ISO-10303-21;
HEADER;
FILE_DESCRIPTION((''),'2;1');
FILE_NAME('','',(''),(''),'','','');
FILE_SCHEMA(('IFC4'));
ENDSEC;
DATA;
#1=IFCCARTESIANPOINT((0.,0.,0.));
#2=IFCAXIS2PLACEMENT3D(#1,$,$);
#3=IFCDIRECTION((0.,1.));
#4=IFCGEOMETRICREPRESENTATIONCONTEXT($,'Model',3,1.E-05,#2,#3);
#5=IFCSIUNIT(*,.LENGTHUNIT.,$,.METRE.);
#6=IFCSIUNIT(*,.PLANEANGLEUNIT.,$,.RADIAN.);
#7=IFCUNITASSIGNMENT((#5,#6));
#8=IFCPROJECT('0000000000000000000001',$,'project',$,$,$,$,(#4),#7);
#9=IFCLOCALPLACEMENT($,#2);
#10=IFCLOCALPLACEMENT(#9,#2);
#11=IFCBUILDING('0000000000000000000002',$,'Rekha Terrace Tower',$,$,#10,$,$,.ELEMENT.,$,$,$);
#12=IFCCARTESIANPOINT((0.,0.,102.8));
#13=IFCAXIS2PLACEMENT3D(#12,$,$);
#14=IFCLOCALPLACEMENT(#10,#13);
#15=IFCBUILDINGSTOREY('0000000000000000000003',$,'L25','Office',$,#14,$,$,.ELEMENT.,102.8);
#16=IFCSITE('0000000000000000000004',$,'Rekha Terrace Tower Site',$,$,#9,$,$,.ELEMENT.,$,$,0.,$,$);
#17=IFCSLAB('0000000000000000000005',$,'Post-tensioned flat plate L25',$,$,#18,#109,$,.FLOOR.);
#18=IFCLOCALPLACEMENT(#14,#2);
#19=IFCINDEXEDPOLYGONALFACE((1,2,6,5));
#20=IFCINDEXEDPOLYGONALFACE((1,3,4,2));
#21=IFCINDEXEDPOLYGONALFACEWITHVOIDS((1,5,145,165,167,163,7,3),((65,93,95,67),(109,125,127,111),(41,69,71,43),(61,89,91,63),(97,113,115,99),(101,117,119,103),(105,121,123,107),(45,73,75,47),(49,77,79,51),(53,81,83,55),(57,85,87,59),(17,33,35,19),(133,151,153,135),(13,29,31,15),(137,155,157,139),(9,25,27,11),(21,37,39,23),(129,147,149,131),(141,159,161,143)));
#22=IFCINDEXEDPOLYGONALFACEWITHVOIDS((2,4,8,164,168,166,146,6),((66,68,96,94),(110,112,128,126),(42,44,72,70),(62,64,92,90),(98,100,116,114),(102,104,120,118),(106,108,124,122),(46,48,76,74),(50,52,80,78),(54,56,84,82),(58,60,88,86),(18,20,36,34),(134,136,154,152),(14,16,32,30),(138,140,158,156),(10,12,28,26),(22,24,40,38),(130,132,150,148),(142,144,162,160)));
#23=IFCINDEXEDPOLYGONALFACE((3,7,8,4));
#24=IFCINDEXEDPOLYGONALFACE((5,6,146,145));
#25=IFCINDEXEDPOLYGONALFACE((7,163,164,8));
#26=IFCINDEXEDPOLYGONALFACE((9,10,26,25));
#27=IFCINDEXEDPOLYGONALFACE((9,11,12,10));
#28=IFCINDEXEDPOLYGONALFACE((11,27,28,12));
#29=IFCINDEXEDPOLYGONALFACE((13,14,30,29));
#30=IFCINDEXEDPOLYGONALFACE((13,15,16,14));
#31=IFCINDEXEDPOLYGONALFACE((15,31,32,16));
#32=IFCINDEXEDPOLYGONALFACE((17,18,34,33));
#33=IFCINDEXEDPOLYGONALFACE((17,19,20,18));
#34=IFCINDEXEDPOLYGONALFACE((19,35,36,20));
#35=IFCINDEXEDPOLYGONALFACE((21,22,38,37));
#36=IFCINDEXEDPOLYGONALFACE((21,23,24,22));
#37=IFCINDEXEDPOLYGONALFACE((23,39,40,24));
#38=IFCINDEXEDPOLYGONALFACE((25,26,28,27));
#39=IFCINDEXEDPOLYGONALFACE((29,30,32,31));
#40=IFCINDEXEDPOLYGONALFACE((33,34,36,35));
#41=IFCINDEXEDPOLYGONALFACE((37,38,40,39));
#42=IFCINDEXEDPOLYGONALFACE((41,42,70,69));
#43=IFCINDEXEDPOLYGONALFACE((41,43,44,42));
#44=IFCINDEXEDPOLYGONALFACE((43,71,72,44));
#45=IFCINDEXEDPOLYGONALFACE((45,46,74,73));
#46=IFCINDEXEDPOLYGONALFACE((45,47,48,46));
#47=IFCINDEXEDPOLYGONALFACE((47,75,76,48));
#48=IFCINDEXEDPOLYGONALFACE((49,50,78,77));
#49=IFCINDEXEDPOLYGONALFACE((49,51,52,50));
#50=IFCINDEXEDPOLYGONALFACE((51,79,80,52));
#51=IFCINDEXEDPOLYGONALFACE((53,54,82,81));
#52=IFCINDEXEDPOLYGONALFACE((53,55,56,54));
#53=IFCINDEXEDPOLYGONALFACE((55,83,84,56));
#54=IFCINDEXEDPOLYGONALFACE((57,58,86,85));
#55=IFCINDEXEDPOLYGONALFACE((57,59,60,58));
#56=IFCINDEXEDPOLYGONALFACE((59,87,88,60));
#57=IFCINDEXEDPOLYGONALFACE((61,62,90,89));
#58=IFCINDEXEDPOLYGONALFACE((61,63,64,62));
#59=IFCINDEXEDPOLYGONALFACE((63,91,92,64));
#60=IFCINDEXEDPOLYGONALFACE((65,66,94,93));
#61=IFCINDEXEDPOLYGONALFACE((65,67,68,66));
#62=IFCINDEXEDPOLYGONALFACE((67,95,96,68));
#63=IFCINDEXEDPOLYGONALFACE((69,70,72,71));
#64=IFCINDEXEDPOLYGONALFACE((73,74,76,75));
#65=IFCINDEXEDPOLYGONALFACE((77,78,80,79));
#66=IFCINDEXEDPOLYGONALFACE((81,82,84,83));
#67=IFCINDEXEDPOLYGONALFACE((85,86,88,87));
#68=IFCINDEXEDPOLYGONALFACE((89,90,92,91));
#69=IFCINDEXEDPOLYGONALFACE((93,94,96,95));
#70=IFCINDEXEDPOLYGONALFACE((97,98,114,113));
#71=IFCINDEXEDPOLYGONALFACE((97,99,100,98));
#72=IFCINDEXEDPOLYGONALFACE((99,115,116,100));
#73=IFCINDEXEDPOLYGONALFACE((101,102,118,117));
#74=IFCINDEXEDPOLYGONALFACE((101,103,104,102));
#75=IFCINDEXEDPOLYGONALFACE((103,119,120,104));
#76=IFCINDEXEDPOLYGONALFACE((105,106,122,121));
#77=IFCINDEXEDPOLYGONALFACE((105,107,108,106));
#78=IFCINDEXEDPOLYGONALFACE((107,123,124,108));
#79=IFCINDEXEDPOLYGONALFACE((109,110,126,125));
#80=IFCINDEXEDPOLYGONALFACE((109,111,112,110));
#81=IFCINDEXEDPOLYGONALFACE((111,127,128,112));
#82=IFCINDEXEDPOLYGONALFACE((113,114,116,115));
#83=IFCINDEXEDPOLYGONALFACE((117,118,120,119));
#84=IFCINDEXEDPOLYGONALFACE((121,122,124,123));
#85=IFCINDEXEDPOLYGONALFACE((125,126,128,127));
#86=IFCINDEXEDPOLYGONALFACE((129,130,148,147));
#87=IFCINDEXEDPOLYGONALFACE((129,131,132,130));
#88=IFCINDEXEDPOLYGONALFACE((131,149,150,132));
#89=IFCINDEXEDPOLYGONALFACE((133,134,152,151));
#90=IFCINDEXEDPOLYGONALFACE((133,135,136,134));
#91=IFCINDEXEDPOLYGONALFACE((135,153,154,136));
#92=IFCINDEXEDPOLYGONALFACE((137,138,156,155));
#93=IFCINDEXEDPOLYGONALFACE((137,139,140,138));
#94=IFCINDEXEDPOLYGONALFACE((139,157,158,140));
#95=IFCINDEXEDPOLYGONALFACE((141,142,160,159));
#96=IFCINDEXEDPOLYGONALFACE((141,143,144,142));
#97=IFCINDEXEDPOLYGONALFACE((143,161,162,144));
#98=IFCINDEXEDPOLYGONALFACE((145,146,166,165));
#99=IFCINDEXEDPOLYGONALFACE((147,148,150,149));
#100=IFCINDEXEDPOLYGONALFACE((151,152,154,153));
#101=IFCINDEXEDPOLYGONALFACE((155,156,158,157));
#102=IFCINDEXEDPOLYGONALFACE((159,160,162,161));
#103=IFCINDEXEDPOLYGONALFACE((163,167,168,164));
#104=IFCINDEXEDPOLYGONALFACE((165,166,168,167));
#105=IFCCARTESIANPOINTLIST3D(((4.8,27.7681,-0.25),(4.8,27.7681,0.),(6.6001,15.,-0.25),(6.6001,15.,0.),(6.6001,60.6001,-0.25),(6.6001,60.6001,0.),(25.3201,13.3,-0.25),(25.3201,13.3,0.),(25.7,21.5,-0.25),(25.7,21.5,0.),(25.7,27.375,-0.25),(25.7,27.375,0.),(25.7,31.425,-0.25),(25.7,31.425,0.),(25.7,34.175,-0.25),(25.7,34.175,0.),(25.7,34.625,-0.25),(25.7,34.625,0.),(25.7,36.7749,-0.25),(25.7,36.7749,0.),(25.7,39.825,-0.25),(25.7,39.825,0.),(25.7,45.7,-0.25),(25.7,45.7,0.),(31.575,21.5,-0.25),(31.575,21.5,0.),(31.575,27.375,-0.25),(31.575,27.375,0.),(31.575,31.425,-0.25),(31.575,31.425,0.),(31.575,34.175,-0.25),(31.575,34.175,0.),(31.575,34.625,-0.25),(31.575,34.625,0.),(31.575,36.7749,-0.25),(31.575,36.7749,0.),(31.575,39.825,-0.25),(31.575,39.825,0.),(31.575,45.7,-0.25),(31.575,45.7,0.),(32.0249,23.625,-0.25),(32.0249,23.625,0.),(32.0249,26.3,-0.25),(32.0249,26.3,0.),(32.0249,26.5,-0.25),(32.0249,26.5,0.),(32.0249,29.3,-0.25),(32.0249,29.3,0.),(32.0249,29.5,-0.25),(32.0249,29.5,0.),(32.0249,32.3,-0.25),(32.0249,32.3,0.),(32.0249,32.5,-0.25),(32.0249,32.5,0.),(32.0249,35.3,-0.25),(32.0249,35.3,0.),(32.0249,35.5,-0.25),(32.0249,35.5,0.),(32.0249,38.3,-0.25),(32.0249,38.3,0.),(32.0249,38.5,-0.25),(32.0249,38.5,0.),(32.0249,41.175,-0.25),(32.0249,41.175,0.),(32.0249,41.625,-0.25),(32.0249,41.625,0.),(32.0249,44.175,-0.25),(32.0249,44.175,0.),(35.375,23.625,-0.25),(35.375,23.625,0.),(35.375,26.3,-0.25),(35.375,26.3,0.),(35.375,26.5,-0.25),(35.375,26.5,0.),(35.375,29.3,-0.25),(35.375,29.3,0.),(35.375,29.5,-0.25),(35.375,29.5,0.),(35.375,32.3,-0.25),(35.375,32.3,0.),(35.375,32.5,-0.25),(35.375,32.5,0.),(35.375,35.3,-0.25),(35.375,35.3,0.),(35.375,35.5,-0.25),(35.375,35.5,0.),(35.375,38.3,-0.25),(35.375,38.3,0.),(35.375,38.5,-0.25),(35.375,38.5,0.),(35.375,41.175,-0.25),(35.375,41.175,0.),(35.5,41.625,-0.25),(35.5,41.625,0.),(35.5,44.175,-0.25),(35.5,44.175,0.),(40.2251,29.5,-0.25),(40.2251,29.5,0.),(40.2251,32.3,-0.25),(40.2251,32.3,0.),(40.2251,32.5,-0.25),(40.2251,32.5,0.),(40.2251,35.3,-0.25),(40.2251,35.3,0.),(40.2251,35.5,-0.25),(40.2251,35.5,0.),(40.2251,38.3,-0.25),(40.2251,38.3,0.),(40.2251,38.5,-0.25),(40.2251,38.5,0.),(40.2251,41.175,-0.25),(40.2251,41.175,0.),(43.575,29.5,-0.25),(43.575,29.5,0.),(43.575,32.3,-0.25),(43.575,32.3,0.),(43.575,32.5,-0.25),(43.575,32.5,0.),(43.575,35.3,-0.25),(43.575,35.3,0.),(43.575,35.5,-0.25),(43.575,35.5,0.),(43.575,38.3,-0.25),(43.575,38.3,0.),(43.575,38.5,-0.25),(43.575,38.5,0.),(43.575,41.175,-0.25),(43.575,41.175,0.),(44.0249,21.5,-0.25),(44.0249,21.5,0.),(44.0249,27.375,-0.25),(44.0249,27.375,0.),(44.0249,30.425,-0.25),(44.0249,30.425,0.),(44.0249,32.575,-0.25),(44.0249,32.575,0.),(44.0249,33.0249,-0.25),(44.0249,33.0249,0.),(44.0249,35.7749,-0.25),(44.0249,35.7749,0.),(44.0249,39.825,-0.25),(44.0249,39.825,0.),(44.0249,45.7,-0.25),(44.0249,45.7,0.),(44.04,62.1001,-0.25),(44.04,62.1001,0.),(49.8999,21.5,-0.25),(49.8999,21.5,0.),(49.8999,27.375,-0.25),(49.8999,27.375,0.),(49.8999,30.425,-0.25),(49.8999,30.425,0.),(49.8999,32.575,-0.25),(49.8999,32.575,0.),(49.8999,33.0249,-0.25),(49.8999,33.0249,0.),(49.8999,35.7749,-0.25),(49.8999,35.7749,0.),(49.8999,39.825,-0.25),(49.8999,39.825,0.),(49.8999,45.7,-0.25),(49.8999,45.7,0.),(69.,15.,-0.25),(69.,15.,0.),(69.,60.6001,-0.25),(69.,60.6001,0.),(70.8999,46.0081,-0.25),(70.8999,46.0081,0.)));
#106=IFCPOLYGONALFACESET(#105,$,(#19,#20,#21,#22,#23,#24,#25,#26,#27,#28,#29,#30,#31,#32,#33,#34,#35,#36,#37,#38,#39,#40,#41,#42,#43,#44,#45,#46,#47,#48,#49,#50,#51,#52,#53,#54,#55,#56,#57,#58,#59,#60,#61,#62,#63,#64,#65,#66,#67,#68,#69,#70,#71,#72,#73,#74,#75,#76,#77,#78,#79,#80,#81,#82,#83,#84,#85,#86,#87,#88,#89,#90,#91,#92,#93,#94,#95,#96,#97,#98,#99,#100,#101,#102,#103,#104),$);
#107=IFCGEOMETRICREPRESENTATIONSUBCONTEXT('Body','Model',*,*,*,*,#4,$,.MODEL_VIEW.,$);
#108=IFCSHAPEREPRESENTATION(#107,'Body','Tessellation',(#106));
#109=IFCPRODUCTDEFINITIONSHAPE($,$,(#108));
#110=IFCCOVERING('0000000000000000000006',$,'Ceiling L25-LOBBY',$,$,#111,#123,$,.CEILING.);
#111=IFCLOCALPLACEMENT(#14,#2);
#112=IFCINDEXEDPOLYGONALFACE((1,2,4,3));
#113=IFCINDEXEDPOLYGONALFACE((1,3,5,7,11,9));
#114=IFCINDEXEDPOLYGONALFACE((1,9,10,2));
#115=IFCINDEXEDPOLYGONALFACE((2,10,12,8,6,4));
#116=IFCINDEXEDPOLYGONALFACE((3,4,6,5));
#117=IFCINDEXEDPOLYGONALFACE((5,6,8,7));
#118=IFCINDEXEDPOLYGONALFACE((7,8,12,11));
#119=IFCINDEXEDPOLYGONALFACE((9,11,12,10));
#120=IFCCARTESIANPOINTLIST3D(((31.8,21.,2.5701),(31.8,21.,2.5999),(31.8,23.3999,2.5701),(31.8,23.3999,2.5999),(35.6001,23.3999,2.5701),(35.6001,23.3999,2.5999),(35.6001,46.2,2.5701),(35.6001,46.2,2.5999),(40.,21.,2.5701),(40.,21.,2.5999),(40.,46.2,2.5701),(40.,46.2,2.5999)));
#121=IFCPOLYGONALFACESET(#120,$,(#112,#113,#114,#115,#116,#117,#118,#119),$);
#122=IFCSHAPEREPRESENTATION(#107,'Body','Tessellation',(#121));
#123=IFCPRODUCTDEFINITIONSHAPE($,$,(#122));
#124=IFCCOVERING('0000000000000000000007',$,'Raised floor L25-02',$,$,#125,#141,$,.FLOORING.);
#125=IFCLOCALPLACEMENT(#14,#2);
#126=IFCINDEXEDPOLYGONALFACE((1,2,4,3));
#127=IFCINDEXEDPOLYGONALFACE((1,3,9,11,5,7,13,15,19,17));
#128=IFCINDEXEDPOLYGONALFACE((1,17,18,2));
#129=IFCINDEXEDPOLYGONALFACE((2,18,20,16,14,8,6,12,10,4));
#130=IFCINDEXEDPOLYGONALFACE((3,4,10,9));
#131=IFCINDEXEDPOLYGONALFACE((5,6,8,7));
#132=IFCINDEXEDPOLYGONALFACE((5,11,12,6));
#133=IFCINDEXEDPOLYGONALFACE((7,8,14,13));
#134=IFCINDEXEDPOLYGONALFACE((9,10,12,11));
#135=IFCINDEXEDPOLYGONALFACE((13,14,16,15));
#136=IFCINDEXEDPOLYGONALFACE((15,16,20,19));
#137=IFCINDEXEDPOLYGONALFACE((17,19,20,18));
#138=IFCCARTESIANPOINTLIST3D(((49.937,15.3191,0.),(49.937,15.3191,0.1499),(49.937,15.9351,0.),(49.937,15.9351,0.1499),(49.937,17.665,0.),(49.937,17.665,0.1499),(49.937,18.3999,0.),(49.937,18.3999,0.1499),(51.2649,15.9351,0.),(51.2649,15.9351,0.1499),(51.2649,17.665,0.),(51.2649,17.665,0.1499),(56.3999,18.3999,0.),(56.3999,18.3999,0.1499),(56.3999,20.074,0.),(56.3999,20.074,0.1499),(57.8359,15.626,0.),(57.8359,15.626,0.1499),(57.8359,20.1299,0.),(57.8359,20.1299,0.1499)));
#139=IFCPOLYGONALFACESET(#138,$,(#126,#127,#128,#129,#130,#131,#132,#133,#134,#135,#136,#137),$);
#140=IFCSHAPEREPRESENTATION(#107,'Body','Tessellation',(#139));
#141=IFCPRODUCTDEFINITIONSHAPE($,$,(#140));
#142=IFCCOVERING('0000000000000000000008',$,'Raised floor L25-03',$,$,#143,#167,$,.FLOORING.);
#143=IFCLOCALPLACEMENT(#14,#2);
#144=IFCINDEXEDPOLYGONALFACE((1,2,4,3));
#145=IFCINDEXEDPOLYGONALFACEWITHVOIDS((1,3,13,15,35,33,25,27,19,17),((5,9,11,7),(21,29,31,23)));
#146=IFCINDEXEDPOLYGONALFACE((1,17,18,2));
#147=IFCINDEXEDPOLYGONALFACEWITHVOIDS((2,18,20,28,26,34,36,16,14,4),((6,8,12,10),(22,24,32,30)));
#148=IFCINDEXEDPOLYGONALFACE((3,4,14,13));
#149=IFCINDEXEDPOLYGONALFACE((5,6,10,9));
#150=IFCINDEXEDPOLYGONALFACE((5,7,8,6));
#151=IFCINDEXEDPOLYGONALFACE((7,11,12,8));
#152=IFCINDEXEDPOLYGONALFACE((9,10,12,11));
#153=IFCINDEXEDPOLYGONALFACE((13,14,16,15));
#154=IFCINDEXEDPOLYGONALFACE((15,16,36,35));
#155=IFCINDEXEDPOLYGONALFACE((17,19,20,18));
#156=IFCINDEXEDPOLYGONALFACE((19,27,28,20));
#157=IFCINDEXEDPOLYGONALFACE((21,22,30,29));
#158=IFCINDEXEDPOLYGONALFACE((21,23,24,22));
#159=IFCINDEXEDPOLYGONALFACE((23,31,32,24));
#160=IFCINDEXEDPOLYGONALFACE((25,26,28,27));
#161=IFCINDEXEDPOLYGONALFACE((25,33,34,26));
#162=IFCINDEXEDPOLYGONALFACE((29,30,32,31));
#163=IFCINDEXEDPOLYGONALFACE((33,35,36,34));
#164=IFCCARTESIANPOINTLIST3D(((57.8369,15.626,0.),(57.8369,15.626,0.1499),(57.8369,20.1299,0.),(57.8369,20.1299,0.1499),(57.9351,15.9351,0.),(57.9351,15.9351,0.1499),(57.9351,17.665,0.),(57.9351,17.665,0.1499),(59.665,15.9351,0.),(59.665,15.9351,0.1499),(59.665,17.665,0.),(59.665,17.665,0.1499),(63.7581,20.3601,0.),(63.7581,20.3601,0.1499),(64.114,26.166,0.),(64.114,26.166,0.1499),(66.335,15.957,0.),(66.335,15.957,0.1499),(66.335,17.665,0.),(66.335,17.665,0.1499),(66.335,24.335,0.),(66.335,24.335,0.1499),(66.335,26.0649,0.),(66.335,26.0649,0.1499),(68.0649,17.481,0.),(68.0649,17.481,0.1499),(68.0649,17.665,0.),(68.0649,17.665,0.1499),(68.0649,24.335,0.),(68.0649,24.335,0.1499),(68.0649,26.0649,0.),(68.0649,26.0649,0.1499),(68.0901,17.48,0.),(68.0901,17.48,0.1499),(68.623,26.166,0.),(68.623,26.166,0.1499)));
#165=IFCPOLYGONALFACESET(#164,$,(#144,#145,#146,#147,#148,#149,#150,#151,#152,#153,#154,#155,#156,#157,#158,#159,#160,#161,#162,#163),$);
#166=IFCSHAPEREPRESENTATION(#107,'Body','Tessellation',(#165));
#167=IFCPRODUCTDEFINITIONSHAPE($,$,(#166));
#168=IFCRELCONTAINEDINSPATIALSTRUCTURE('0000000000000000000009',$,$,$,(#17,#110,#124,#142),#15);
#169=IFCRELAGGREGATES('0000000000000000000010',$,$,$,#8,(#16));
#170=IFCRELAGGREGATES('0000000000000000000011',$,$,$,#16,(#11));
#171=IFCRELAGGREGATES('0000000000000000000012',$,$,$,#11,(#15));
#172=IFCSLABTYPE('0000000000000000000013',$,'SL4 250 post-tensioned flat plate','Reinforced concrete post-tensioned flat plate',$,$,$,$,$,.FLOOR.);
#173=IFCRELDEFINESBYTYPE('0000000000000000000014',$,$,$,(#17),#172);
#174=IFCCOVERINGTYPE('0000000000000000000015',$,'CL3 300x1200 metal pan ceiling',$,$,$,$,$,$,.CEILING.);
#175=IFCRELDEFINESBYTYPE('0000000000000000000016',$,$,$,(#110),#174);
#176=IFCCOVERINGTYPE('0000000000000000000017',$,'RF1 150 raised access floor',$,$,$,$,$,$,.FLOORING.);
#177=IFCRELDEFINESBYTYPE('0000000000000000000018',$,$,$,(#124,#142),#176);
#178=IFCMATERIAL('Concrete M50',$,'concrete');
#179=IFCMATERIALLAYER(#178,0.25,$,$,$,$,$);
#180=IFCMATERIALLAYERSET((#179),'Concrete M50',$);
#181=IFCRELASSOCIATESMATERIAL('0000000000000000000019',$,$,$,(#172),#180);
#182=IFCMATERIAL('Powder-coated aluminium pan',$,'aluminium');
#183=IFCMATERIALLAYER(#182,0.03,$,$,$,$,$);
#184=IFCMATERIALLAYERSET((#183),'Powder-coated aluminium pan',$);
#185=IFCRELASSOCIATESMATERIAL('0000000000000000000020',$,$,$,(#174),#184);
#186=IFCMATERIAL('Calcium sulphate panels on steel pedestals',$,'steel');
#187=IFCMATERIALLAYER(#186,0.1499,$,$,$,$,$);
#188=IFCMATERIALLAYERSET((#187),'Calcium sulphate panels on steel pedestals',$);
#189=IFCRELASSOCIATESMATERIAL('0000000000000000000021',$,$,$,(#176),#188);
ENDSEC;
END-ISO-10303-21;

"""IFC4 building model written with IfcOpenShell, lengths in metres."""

from ifc_helpers import new_model, si_unit, direction, frame, origin, place, context, subcontext, project, spatial, polyline, outline, extrude, material, layer, layer_set, type_object, element, save


model = new_model("IFC4")

# Units and contexts
model_context = context("Model", 3, precision=1e-05, world=origin(), true_north=direction((0.0, 1.0)))
body_context = subcontext(model_context, "Body", "Model", "MODEL_VIEW")
ifc_project = project(units=[si_unit("LENGTHUNIT", "METRE"), si_unit("PLANEANGLEUNIT", "RADIAN")], contexts=[model_context])

# Site, building, storey
site_placement = place(None, origin())
site = spatial("IfcSite", under=ifc_project, at=site_placement, Name="Rekha Terrace Tower Site", CompositionType="ELEMENT", RefElevation=0.0)
building_placement = place(site_placement, origin())
building = spatial("IfcBuilding", under=site, at=building_placement, Name="Rekha Terrace Tower", CompositionType="ELEMENT")
storey_placement = place(building_placement, frame((0.0, 0.0, 102.8)))
storey = spatial("IfcBuildingStorey", under=building, at=storey_placement, Name="L25", Description="Office", CompositionType="ELEMENT", Elevation=102.8)

# Slab
ifc_material_1 = material(Name="Concrete M50", Category="concrete")
ifc_layer_1 = layer(ifc_material_1, 0.25)
ifc_layer_set_1 = layer_set([ifc_layer_1], Name="Concrete M50")
slab_type_1 = type_object("IfcSlabType", Name="SL4 250 post-tensioned flat plate", Description="Reinforced concrete post-tensioned flat plate", PredefinedType="FLOOR", material=ifc_layer_set_1)
slab_1_placement = place(storey_placement, frame((0.0, 0.0, -0.25)))
element("IfcSlab", 1, at=slab_1_placement, inside=storey, type_object=slab_type_1, Name="Post-tensioned flat plate L25", PredefinedType="FLOOR", context=body_context, shape_type="SweptSolid", body=[
    extrude(outline(polyline([(4.8, 27.7681), (6.6001, 15.0), (25.3201, 13.3), (69.0, 15.0), (70.8999, 46.0081), (69.0, 60.6001), (44.04, 62.1001), (6.6001, 60.6001), (4.8, 27.7681)]), holes=[polyline([(31.575, 27.375), (31.575, 21.5), (25.7, 21.5), (25.7, 27.375), (31.575, 27.375)]), polyline([(35.375, 26.3), (35.375, 23.625), (32.0249, 23.625), (32.0249, 26.3), (35.375, 26.3)]), polyline([(35.375, 29.3), (35.375, 26.5), (32.0249, 26.5), (32.0249, 29.3), (35.375, 29.3)]), polyline([(35.375, 32.3), (35.375, 29.5), (32.0249, 29.5), (32.0249, 32.3), (35.375, 32.3)]), polyline([(31.575, 34.175), (31.575, 31.425), (25.7, 31.425), (25.7, 34.175), (31.575, 34.175)]), polyline([(35.375, 35.3), (35.375, 32.5), (32.0249, 32.5), (32.0249, 35.3), (35.375, 35.3)]), polyline([(31.575, 36.7749), (31.575, 34.625), (25.7, 34.625), (25.7, 36.7749), (31.575, 36.7749)]), polyline([(35.375, 35.5), (32.0249, 35.5), (32.0249, 38.3), (35.375, 38.3), (35.375, 35.5)]), polyline([(35.375, 38.5), (32.0249, 38.5), (32.0249, 41.175), (35.375, 41.175), (35.375, 38.5)]), polyline([(31.575, 45.7), (31.575, 39.825), (25.7, 39.825), (25.7, 45.7), (31.575, 45.7)]), polyline([(49.8999, 27.375), (49.8999, 21.5), (44.0249, 21.5), (44.0249, 27.375), (49.8999, 27.375)]), polyline([(43.575, 32.3), (43.575, 29.5), (40.2251, 29.5), (40.2251, 32.3), (43.575, 32.3)]), polyline([(49.8999, 30.425), (44.0249, 30.425), (44.0249, 32.575), (49.8999, 32.575), (49.8999, 30.425)]), polyline([(43.575, 32.5), (40.2251, 32.5), (40.2251, 35.3), (43.575, 35.3), (43.575, 32.5)]), polyline([(49.8999, 35.7749), (49.8999, 33.0249), (44.0249, 33.0249), (44.0249, 35.7749), (49.8999, 35.7749)]), polyline([(43.575, 38.3), (43.575, 35.5), (40.2251, 35.5), (40.2251, 38.3), (43.575, 38.3)]), polyline([(43.575, 41.175), (43.575, 38.5), (40.2251, 38.5), (40.2251, 41.175), (43.575, 41.175)]), polyline([(49.8999, 39.825), (44.0249, 39.825), (44.0249, 45.7), (49.8999, 45.7), (49.8999, 39.825)]), polyline([(35.5, 41.625), (32.0249, 41.625), (32.0249, 44.175), (35.5, 44.175), (35.5, 41.625)])]), origin(), (0.0, 0.0, 1.0), 0.25),
])

# Coverings
ifc_material_2 = material(Name="Powder-coated aluminium pan", Category="aluminium")
ifc_layer_2 = layer(ifc_material_2, 0.03)
ifc_layer_set_2 = layer_set([ifc_layer_2], Name="Powder-coated aluminium pan")
covering_type_1 = type_object("IfcCoveringType", Name="CL3 300x1200 metal pan ceiling", PredefinedType="CEILING", material=ifc_layer_set_2)
covering_1_placement = place(storey_placement, frame((0.0, 0.0, 2.5701)))
element("IfcCovering", 2, at=covering_1_placement, inside=storey, type_object=covering_type_1, Name="Ceiling L25-LOBBY", PredefinedType="CEILING", context=body_context, shape_type="SweptSolid", body=[
    extrude(outline(polyline([(35.6001, 46.2), (35.6001, 23.3999), (31.8, 23.3999), (31.8, 21.0), (40.0, 21.0), (40.0, 46.2), (35.6001, 46.2)])), origin(), (0.0, 0.0, 1.0), 0.0298),
])
ifc_material_3 = material(Name="Calcium sulphate panels on steel pedestals", Category="steel")
ifc_layer_3 = layer(ifc_material_3, 0.1499)
ifc_layer_set_3 = layer_set([ifc_layer_3], Name="Calcium sulphate panels on steel pedestals")
covering_type_2 = type_object("IfcCoveringType", Name="RF1 150 raised access floor", PredefinedType="FLOORING", material=ifc_layer_set_3)
covering_2_placement = place(storey_placement, origin())
element("IfcCovering", 3, at=covering_2_placement, inside=storey, type_object=covering_type_2, Name="Raised floor L25-02", PredefinedType="FLOORING", context=body_context, shape_type="SweptSolid", body=[
    extrude(outline(polyline([(56.3999, 20.074), (56.3999, 18.3999), (49.937, 18.3999), (49.937, 17.665), (51.2649, 17.665), (51.2649, 15.9351), (49.937, 15.9351), (49.937, 15.3191), (57.8359, 15.626), (57.8359, 20.1299), (56.3999, 20.074)])), origin(), (0.0, 0.0, 1.0), 0.1499),
])
covering_3_placement = place(storey_placement, origin())
element("IfcCovering", 4, at=covering_3_placement, inside=storey, type_object=covering_type_2, Name="Raised floor L25-03", PredefinedType="FLOORING", context=body_context, shape_type="SweptSolid", body=[
    extrude(outline(polyline([(64.114, 26.166), (63.7581, 20.3601), (57.8369, 20.1299), (57.8369, 15.626), (66.335, 15.957), (66.335, 17.665), (68.0649, 17.665), (68.0649, 17.481), (68.0901, 17.48), (68.623, 26.166), (64.114, 26.166)]), holes=[polyline([(68.0649, 24.335), (66.335, 24.335), (66.335, 26.0649), (68.0649, 26.0649), (68.0649, 24.335)]), polyline([(59.665, 15.9351), (57.9351, 15.9351), (57.9351, 17.665), (59.665, 17.665), (59.665, 15.9351)])]), origin(), (0.0, 0.0, 1.0), 0.1499),
])

save(model, "model.ifc")
